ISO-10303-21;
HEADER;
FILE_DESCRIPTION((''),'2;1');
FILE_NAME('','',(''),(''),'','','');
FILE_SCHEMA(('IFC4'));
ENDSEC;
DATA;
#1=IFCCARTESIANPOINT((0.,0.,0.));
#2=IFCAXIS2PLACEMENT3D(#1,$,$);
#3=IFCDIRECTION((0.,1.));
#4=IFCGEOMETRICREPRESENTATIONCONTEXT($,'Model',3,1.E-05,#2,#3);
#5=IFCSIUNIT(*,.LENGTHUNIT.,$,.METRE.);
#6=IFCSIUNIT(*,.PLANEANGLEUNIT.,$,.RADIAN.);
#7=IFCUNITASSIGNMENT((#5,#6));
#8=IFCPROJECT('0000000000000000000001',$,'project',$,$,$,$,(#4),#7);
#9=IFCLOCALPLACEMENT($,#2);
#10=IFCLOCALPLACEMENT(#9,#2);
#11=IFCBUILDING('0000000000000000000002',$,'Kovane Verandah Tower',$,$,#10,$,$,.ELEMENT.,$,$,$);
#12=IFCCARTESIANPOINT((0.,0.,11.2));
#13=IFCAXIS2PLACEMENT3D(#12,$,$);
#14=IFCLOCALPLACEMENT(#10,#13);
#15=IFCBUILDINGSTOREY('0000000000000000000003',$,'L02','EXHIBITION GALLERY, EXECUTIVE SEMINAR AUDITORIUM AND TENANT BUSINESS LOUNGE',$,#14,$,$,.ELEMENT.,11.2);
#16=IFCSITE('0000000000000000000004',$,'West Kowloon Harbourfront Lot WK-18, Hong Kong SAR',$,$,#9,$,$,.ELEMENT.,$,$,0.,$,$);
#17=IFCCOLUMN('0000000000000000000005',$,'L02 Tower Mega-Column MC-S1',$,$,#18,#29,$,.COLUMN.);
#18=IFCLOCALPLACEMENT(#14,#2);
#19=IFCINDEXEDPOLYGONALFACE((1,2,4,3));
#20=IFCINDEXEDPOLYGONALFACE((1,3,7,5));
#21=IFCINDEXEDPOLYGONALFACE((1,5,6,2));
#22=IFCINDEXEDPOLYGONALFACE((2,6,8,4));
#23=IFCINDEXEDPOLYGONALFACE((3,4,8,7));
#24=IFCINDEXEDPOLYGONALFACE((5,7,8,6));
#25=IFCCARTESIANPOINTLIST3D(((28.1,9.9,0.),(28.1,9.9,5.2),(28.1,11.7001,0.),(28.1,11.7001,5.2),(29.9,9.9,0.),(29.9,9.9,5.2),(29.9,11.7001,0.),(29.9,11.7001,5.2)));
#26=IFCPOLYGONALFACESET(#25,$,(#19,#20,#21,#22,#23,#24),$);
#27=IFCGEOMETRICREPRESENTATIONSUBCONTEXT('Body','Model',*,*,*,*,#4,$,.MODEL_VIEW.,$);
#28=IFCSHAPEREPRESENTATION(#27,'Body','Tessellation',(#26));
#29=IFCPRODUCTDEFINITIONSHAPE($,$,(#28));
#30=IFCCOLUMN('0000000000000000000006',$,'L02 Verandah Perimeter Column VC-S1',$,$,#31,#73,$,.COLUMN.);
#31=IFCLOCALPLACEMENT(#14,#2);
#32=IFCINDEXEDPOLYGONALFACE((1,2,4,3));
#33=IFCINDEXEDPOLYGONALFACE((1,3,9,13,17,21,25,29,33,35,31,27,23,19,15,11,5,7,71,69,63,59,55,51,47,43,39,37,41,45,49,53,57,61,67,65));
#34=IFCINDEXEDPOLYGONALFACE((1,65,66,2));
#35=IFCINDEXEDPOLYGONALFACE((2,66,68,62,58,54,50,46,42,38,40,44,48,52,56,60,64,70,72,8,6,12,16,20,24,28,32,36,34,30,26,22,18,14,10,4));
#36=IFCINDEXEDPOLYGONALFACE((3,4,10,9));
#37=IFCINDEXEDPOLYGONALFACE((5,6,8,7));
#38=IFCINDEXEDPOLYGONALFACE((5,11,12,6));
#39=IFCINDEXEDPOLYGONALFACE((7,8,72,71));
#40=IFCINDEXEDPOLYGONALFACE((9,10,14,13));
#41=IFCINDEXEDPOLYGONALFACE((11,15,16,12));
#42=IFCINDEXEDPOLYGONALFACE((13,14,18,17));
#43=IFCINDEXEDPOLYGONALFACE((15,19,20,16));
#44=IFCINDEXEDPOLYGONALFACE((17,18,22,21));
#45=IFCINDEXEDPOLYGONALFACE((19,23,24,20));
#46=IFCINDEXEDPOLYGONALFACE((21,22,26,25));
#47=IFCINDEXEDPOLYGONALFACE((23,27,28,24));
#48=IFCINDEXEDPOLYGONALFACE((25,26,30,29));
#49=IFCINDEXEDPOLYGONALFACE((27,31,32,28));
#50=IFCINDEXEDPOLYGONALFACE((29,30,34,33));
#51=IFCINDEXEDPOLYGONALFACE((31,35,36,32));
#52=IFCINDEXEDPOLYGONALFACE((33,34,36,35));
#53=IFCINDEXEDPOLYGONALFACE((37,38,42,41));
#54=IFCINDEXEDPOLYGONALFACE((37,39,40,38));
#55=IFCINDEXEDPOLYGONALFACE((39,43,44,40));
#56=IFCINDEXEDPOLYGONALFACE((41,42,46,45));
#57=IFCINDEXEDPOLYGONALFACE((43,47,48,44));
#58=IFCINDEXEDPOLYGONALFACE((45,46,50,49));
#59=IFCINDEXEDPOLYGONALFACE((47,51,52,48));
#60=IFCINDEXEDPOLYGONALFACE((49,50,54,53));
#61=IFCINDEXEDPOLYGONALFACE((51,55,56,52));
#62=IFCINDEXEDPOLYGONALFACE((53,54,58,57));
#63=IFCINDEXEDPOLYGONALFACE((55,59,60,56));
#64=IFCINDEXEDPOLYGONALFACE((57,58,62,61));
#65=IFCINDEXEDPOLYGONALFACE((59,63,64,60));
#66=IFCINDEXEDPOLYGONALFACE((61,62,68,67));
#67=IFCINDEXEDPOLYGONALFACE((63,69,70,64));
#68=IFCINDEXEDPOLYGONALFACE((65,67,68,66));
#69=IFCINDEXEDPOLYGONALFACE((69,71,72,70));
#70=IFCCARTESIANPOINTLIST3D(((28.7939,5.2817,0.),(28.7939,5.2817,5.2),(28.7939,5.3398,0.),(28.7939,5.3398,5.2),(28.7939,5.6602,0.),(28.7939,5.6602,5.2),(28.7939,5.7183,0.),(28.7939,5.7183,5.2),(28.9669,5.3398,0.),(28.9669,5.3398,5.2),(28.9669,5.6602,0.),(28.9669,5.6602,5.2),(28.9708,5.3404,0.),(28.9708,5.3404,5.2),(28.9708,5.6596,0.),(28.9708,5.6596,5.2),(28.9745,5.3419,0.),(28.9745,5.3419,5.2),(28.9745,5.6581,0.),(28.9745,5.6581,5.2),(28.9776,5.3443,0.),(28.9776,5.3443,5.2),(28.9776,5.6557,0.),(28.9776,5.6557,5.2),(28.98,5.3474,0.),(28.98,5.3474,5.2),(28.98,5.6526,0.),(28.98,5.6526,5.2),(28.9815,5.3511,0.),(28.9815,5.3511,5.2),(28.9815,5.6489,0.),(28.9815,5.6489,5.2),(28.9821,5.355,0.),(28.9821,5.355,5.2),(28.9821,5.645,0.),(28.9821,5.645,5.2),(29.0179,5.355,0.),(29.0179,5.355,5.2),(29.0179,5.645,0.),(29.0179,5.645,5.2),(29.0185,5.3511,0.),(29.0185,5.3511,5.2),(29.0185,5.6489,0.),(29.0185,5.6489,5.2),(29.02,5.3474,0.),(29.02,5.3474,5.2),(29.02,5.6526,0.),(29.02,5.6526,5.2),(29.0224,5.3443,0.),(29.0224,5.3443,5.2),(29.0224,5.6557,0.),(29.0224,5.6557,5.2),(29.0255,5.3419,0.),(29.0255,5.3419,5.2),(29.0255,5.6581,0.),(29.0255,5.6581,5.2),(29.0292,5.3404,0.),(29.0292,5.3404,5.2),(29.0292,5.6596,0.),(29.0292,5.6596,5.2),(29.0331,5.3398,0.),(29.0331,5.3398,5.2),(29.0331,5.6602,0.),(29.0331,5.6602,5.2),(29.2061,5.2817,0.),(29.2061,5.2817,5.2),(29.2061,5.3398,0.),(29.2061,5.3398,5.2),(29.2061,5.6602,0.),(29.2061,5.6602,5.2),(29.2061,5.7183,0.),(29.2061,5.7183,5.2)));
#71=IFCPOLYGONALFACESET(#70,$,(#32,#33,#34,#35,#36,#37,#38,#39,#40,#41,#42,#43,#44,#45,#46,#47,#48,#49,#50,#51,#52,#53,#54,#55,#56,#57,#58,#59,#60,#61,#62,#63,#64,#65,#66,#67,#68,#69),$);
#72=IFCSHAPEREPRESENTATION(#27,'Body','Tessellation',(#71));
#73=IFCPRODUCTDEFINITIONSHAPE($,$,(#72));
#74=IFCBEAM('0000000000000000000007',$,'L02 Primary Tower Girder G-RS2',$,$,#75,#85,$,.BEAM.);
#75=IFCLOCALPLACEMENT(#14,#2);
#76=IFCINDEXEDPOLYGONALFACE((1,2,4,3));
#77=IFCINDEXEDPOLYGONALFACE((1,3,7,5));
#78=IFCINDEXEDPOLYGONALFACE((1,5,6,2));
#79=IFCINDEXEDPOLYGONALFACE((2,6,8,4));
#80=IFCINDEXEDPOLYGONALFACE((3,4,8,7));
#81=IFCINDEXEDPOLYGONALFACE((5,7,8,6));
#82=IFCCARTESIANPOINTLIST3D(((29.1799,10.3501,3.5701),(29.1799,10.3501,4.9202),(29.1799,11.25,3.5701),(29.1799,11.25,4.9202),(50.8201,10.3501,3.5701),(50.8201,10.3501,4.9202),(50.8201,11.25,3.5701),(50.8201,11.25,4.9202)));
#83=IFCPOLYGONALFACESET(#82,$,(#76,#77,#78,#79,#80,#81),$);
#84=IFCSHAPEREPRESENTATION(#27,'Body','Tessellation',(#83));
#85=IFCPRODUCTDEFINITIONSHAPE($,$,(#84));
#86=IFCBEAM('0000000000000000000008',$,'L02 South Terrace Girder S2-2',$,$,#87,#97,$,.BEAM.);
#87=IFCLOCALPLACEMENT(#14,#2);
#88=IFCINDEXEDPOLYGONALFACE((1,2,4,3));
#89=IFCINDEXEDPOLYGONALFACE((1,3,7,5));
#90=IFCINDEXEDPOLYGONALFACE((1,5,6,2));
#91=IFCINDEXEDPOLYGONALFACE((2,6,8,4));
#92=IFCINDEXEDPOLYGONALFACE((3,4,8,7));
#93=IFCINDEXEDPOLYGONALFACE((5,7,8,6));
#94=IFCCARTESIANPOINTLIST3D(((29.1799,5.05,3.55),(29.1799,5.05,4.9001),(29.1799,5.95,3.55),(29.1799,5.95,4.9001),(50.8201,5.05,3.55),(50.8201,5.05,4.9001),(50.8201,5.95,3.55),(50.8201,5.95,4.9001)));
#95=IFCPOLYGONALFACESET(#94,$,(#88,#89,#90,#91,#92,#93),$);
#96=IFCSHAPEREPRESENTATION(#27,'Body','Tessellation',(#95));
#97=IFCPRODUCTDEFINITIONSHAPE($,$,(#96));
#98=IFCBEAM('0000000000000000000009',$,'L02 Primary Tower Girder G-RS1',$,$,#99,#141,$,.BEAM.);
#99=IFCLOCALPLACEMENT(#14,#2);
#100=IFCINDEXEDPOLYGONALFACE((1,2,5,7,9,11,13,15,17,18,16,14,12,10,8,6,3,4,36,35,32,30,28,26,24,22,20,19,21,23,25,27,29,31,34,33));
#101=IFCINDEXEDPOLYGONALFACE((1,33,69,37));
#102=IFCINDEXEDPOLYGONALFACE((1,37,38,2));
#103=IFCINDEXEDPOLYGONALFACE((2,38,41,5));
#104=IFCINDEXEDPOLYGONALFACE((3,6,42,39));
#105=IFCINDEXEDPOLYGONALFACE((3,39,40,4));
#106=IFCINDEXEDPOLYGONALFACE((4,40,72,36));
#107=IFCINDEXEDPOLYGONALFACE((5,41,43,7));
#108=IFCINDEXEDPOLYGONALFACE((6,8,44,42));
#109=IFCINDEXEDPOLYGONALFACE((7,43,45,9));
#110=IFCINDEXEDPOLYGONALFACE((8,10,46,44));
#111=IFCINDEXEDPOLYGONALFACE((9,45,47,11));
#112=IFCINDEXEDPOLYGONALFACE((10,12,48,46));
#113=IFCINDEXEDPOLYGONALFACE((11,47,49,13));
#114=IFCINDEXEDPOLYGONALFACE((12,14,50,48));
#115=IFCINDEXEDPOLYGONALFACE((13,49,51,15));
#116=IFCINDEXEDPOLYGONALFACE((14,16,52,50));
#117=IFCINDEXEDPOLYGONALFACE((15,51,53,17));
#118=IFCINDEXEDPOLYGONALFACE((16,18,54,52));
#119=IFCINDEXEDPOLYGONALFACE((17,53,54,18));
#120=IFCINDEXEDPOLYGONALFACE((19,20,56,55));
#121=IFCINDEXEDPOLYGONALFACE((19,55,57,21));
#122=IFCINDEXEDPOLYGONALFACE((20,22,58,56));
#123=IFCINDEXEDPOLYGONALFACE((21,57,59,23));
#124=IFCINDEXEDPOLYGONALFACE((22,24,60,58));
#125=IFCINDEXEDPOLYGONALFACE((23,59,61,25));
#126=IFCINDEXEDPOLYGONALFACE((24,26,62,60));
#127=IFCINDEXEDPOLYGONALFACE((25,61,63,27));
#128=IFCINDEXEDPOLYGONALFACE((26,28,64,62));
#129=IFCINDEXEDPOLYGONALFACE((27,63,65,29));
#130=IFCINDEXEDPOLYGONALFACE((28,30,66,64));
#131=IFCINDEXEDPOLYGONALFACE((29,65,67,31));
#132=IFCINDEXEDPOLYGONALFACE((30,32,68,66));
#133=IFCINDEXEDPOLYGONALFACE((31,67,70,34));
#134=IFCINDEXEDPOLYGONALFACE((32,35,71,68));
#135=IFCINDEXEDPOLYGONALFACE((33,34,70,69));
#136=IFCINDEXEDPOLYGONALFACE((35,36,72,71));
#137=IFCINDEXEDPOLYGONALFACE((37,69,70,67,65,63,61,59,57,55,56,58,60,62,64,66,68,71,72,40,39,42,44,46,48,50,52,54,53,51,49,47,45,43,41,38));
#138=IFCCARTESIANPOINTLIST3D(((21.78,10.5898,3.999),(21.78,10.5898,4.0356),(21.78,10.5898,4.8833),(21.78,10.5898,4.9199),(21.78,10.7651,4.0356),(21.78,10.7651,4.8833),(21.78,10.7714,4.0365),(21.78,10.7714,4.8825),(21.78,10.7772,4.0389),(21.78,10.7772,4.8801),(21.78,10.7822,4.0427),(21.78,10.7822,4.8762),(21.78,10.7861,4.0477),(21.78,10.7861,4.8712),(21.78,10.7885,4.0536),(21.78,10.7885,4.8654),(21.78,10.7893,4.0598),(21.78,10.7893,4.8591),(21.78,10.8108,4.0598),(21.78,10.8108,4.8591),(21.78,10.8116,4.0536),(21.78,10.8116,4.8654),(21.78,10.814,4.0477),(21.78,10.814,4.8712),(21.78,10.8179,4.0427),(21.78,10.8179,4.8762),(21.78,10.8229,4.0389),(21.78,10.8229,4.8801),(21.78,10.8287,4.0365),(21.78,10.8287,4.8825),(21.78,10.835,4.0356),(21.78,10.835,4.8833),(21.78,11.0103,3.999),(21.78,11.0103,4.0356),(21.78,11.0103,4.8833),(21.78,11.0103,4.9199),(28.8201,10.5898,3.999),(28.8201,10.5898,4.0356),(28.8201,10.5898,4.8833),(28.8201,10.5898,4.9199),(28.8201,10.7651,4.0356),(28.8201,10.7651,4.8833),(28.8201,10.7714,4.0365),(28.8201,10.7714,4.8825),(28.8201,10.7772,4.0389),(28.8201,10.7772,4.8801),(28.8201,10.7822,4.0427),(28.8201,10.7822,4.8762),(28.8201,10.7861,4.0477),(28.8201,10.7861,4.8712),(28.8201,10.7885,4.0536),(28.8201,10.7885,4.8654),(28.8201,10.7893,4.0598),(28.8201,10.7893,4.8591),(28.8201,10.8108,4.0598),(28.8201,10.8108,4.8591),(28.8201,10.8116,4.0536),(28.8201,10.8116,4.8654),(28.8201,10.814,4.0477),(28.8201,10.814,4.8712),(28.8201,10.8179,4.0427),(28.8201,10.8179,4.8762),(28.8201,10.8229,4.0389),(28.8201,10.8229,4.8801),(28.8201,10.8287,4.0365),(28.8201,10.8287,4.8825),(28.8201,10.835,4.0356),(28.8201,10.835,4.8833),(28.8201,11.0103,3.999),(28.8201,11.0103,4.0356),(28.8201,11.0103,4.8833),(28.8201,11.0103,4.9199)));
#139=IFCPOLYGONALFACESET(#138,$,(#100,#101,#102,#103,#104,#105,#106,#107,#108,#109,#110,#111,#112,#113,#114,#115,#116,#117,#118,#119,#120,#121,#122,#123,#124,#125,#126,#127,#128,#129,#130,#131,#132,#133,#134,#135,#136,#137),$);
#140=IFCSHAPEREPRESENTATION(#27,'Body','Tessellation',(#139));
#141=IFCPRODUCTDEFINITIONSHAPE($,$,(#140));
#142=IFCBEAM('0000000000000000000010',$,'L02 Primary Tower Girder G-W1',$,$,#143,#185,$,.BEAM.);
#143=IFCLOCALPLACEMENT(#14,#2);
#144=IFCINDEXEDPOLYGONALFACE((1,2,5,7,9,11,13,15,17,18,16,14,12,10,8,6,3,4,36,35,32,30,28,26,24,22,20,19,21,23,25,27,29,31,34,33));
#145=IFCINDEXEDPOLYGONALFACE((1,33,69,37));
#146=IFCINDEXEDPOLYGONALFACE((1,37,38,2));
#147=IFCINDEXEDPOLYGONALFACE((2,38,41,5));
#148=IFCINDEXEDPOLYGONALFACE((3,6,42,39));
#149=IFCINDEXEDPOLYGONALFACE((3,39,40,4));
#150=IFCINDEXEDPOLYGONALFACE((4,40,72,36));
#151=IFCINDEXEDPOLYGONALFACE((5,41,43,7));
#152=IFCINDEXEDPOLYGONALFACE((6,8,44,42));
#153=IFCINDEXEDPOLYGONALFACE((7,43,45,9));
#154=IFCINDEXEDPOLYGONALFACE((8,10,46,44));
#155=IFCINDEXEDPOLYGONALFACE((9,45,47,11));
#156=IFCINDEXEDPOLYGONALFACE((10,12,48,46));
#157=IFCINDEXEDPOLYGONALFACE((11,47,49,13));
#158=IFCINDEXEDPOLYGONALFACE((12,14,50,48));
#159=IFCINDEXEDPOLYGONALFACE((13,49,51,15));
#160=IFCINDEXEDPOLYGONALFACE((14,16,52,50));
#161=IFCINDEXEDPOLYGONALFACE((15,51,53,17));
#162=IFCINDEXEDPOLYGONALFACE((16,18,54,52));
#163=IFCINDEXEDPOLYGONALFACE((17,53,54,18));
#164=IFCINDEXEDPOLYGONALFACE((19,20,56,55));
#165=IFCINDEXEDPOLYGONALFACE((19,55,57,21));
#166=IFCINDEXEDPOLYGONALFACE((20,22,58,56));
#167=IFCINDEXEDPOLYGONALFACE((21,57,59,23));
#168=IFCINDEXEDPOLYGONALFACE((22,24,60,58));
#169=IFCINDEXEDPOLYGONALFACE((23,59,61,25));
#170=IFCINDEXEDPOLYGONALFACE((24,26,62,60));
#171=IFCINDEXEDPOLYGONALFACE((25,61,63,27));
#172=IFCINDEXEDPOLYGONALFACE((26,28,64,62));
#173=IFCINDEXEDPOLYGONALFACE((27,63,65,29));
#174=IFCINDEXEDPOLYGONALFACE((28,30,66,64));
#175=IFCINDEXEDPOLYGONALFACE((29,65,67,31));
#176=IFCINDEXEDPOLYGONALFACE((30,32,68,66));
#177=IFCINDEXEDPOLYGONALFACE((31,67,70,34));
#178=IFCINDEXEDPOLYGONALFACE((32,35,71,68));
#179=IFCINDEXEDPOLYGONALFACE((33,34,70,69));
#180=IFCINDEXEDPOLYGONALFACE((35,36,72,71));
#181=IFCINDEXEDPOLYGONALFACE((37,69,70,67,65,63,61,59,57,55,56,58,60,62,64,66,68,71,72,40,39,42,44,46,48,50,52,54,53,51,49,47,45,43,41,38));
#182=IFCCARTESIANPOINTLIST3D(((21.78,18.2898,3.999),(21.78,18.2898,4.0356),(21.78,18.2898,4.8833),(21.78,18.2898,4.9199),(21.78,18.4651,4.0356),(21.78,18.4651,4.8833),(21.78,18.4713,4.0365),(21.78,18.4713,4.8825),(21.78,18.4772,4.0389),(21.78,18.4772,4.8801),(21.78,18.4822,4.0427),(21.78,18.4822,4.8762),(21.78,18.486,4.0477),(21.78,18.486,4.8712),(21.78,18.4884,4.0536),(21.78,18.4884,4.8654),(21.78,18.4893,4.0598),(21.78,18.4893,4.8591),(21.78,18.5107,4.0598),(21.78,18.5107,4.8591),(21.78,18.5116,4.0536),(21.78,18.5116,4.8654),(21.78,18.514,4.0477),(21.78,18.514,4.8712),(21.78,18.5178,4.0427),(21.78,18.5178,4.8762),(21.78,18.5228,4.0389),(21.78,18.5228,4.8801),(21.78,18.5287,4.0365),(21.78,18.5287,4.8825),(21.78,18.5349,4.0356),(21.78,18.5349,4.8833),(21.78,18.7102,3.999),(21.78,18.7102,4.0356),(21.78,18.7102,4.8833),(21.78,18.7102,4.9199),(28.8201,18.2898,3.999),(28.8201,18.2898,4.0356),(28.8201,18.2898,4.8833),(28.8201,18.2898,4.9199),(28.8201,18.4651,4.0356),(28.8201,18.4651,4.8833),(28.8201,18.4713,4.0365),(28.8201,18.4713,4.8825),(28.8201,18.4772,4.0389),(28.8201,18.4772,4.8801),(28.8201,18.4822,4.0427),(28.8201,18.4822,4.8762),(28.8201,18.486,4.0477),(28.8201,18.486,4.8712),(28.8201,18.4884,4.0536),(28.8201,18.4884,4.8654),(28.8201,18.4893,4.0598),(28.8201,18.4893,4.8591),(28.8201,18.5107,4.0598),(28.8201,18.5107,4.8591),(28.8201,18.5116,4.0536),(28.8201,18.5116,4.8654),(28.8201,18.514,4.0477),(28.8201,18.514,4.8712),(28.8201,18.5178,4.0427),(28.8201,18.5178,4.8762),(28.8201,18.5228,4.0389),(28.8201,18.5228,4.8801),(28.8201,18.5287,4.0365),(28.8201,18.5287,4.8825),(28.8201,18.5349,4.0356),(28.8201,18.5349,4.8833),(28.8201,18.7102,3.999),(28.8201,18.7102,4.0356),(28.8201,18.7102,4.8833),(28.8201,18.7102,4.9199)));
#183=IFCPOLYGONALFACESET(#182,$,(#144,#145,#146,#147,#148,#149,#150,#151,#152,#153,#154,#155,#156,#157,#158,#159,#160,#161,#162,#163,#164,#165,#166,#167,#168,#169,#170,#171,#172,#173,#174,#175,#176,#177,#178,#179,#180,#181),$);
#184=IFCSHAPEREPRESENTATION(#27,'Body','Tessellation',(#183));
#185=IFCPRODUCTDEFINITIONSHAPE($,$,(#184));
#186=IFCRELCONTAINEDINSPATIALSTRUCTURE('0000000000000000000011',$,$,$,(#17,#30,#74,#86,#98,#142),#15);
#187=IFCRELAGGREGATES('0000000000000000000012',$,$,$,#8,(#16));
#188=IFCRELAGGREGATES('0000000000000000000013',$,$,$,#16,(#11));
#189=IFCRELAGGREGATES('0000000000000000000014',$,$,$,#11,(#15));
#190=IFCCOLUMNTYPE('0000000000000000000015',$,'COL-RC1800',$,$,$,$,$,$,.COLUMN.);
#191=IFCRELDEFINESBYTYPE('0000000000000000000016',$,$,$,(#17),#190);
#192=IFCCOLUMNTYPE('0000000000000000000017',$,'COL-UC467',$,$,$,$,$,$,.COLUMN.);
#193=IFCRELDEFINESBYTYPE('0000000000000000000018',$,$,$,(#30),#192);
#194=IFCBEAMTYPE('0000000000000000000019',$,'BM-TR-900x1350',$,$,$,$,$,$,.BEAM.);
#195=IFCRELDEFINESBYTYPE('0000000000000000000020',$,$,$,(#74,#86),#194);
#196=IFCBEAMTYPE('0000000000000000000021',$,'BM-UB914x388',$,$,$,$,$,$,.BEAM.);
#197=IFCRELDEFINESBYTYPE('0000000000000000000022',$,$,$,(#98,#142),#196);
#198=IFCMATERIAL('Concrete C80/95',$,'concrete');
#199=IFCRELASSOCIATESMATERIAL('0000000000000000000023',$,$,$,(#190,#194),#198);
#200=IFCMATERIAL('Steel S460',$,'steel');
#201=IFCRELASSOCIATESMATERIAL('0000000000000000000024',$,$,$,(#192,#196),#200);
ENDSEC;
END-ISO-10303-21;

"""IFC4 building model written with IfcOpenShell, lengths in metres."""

from ifc_helpers import new_model, si_unit, direction, frame, origin, origin_2d, place, context, subcontext, project, spatial, rectangle, i_section, extrude, material, material_profile, profile_set, type_object, element, save


model = new_model("IFC4")

# Units and contexts
model_context = context("Model", 3, precision=1e-05, world=origin(), true_north=direction((0.0, 1.0)))
body_context = subcontext(model_context, "Body", "Model", "MODEL_VIEW")
ifc_project = project(units=[si_unit("LENGTHUNIT", "METRE"), si_unit("PLANEANGLEUNIT", "RADIAN")], contexts=[model_context])

# Site, building, storey
site_placement = place(None, origin())
site = spatial("IfcSite", under=ifc_project, at=site_placement, Name="West Kowloon Harbourfront Lot WK-18, Hong Kong SAR", CompositionType="ELEMENT", RefElevation=0.0)
building_placement = place(site_placement, origin())
building = spatial("IfcBuilding", under=site, at=building_placement, Name="Kovane Verandah Tower", CompositionType="ELEMENT")
storey_placement = place(building_placement, frame((0.0, 0.0, 11.2)))
storey = spatial("IfcBuildingStorey", under=building, at=storey_placement, Name="L02", Description="EXHIBITION GALLERY, EXECUTIVE SEMINAR AUDITORIUM AND TENANT BUSINESS LOUNGE", CompositionType="ELEMENT", Elevation=11.2)

# Columns
ifc_material_1 = material(Name="Concrete C80/95", Category="concrete")
ifc_material_profile_1 = material_profile(ifc_material_1, rectangle(XDim=1.8, YDim=1.8, at=origin_2d()), Name="RC1800x1800")
ifc_profile_set_1 = profile_set([ifc_material_profile_1], Name="Concrete C80/95")
column_type_1 = type_object("IfcColumnType", Name="COL-RC1800", PredefinedType="COLUMN", material=ifc_profile_set_1)
column_1_placement = place(storey_placement, frame((29.0, 10.8, 0.0), z_axis=(0.0, 0.0, 1.0), x_axis=(1.0, 0.0, 0.0)))
element("IfcColumn", 1, at=column_1_placement, inside=storey, type_object=column_type_1, Name="L02 Tower Mega-Column MC-S1", PredefinedType="COLUMN", context=body_context, shape_type="SweptSolid", body=[
    extrude(rectangle(XDim=1.8, YDim=1.8, at=origin_2d()), origin(), (0.0, 0.0, 1.0), 5.2),
])
ifc_material_2 = material(Name="Steel S460", Category="steel")
ifc_material_profile_2 = material_profile(ifc_material_2, i_section(OverallWidth=0.4121, OverallDepth=0.4365, WebThickness=0.0359, FlangeThickness=0.0581, FilletRadius=0.0151, at=origin_2d()), Name="UC356x406x467")
ifc_profile_set_2 = profile_set([ifc_material_profile_2], Name="Steel S460")
column_type_2 = type_object("IfcColumnType", Name="COL-UC467", PredefinedType="COLUMN", material=ifc_profile_set_2)
column_2_placement = place(storey_placement, frame((29.0, 5.5, 0.0), z_axis=(0.0, 0.0, 1.0), x_axis=(1.0, 0.0, 0.0)))
element("IfcColumn", 2, at=column_2_placement, inside=storey, type_object=column_type_2, Name="L02 Verandah Perimeter Column VC-S1", PredefinedType="COLUMN", context=body_context, shape_type="SweptSolid", body=[
    extrude(i_section(OverallWidth=0.4121, OverallDepth=0.4365, WebThickness=0.0359, FlangeThickness=0.0581, FilletRadius=0.0151, at=origin_2d()), origin(), (0.0, 0.0, 1.0), 5.2),
])

# Beams
ifc_material_profile_3 = material_profile(ifc_material_1, rectangle(XDim=0.8999, YDim=1.3501, at=origin_2d()), Name="RCB900x1350")
ifc_profile_set_3 = profile_set([ifc_material_profile_3], Name="Concrete C80/95")
beam_type_1 = type_object("IfcBeamType", Name="BM-TR-900x1350", PredefinedType="BEAM", material=ifc_profile_set_3)
for number, where, z_axis, x_axis, name in (
    (3, (29.1799, 10.8, 4.2451), (1.0, 0.0, 0.0), (0.0, 1.0, 0.0), "L02 Primary Tower Girder G-RS2"),
    (4, (29.1799, 5.5, 4.2251), (1.0, 0.0, 0.0), (0.0, 1.0, 0.0), "L02 South Terrace Girder S2-2"),
):
    element("IfcBeam", number, at=place(storey_placement, frame(where, z_axis=z_axis, x_axis=x_axis)), inside=storey, type_object=beam_type_1, Name=name, PredefinedType="BEAM", context=body_context, shape_type="SweptSolid", body=[
        extrude(rectangle(XDim=0.8999, YDim=1.3501, at=origin_2d()), origin(), (0.0, 0.0, 1.0), 21.6401),
    ])
ifc_material_profile_4 = material_profile(ifc_material_2, i_section(OverallWidth=0.4204, OverallDepth=0.9209, WebThickness=0.0215, FlangeThickness=0.0366, FilletRadius=0.0242, at=origin_2d()), Name="UB914x419x388")
ifc_profile_set_4 = profile_set([ifc_material_profile_4], Name="Steel S460")
beam_type_2 = type_object("IfcBeamType", Name="BM-UB914x388", PredefinedType="BEAM", material=ifc_profile_set_4)
for number, where, z_axis, x_axis, name in (
    (5, (21.78, 10.8, 4.4595), (1.0, 0.0, 0.0), (0.0, 1.0, 0.0), "L02 Primary Tower Girder G-RS1"),
    (6, (28.8201, 18.5, 4.4595), (-1.0, 0.0, 0.0), (0.0, -1.0, 0.0), "L02 Primary Tower Girder G-W1"),
):
    element("IfcBeam", number, at=place(storey_placement, frame(where, z_axis=z_axis, x_axis=x_axis)), inside=storey, type_object=beam_type_2, Name=name, PredefinedType="BEAM", context=body_context, shape_type="SweptSolid", body=[
        extrude(i_section(OverallWidth=0.4204, OverallDepth=0.9209, WebThickness=0.0215, FlangeThickness=0.0366, FilletRadius=0.0242, at=origin_2d()), origin(), (0.0, 0.0, 1.0), 7.04),
    ])

save(model, "model.ifc")
